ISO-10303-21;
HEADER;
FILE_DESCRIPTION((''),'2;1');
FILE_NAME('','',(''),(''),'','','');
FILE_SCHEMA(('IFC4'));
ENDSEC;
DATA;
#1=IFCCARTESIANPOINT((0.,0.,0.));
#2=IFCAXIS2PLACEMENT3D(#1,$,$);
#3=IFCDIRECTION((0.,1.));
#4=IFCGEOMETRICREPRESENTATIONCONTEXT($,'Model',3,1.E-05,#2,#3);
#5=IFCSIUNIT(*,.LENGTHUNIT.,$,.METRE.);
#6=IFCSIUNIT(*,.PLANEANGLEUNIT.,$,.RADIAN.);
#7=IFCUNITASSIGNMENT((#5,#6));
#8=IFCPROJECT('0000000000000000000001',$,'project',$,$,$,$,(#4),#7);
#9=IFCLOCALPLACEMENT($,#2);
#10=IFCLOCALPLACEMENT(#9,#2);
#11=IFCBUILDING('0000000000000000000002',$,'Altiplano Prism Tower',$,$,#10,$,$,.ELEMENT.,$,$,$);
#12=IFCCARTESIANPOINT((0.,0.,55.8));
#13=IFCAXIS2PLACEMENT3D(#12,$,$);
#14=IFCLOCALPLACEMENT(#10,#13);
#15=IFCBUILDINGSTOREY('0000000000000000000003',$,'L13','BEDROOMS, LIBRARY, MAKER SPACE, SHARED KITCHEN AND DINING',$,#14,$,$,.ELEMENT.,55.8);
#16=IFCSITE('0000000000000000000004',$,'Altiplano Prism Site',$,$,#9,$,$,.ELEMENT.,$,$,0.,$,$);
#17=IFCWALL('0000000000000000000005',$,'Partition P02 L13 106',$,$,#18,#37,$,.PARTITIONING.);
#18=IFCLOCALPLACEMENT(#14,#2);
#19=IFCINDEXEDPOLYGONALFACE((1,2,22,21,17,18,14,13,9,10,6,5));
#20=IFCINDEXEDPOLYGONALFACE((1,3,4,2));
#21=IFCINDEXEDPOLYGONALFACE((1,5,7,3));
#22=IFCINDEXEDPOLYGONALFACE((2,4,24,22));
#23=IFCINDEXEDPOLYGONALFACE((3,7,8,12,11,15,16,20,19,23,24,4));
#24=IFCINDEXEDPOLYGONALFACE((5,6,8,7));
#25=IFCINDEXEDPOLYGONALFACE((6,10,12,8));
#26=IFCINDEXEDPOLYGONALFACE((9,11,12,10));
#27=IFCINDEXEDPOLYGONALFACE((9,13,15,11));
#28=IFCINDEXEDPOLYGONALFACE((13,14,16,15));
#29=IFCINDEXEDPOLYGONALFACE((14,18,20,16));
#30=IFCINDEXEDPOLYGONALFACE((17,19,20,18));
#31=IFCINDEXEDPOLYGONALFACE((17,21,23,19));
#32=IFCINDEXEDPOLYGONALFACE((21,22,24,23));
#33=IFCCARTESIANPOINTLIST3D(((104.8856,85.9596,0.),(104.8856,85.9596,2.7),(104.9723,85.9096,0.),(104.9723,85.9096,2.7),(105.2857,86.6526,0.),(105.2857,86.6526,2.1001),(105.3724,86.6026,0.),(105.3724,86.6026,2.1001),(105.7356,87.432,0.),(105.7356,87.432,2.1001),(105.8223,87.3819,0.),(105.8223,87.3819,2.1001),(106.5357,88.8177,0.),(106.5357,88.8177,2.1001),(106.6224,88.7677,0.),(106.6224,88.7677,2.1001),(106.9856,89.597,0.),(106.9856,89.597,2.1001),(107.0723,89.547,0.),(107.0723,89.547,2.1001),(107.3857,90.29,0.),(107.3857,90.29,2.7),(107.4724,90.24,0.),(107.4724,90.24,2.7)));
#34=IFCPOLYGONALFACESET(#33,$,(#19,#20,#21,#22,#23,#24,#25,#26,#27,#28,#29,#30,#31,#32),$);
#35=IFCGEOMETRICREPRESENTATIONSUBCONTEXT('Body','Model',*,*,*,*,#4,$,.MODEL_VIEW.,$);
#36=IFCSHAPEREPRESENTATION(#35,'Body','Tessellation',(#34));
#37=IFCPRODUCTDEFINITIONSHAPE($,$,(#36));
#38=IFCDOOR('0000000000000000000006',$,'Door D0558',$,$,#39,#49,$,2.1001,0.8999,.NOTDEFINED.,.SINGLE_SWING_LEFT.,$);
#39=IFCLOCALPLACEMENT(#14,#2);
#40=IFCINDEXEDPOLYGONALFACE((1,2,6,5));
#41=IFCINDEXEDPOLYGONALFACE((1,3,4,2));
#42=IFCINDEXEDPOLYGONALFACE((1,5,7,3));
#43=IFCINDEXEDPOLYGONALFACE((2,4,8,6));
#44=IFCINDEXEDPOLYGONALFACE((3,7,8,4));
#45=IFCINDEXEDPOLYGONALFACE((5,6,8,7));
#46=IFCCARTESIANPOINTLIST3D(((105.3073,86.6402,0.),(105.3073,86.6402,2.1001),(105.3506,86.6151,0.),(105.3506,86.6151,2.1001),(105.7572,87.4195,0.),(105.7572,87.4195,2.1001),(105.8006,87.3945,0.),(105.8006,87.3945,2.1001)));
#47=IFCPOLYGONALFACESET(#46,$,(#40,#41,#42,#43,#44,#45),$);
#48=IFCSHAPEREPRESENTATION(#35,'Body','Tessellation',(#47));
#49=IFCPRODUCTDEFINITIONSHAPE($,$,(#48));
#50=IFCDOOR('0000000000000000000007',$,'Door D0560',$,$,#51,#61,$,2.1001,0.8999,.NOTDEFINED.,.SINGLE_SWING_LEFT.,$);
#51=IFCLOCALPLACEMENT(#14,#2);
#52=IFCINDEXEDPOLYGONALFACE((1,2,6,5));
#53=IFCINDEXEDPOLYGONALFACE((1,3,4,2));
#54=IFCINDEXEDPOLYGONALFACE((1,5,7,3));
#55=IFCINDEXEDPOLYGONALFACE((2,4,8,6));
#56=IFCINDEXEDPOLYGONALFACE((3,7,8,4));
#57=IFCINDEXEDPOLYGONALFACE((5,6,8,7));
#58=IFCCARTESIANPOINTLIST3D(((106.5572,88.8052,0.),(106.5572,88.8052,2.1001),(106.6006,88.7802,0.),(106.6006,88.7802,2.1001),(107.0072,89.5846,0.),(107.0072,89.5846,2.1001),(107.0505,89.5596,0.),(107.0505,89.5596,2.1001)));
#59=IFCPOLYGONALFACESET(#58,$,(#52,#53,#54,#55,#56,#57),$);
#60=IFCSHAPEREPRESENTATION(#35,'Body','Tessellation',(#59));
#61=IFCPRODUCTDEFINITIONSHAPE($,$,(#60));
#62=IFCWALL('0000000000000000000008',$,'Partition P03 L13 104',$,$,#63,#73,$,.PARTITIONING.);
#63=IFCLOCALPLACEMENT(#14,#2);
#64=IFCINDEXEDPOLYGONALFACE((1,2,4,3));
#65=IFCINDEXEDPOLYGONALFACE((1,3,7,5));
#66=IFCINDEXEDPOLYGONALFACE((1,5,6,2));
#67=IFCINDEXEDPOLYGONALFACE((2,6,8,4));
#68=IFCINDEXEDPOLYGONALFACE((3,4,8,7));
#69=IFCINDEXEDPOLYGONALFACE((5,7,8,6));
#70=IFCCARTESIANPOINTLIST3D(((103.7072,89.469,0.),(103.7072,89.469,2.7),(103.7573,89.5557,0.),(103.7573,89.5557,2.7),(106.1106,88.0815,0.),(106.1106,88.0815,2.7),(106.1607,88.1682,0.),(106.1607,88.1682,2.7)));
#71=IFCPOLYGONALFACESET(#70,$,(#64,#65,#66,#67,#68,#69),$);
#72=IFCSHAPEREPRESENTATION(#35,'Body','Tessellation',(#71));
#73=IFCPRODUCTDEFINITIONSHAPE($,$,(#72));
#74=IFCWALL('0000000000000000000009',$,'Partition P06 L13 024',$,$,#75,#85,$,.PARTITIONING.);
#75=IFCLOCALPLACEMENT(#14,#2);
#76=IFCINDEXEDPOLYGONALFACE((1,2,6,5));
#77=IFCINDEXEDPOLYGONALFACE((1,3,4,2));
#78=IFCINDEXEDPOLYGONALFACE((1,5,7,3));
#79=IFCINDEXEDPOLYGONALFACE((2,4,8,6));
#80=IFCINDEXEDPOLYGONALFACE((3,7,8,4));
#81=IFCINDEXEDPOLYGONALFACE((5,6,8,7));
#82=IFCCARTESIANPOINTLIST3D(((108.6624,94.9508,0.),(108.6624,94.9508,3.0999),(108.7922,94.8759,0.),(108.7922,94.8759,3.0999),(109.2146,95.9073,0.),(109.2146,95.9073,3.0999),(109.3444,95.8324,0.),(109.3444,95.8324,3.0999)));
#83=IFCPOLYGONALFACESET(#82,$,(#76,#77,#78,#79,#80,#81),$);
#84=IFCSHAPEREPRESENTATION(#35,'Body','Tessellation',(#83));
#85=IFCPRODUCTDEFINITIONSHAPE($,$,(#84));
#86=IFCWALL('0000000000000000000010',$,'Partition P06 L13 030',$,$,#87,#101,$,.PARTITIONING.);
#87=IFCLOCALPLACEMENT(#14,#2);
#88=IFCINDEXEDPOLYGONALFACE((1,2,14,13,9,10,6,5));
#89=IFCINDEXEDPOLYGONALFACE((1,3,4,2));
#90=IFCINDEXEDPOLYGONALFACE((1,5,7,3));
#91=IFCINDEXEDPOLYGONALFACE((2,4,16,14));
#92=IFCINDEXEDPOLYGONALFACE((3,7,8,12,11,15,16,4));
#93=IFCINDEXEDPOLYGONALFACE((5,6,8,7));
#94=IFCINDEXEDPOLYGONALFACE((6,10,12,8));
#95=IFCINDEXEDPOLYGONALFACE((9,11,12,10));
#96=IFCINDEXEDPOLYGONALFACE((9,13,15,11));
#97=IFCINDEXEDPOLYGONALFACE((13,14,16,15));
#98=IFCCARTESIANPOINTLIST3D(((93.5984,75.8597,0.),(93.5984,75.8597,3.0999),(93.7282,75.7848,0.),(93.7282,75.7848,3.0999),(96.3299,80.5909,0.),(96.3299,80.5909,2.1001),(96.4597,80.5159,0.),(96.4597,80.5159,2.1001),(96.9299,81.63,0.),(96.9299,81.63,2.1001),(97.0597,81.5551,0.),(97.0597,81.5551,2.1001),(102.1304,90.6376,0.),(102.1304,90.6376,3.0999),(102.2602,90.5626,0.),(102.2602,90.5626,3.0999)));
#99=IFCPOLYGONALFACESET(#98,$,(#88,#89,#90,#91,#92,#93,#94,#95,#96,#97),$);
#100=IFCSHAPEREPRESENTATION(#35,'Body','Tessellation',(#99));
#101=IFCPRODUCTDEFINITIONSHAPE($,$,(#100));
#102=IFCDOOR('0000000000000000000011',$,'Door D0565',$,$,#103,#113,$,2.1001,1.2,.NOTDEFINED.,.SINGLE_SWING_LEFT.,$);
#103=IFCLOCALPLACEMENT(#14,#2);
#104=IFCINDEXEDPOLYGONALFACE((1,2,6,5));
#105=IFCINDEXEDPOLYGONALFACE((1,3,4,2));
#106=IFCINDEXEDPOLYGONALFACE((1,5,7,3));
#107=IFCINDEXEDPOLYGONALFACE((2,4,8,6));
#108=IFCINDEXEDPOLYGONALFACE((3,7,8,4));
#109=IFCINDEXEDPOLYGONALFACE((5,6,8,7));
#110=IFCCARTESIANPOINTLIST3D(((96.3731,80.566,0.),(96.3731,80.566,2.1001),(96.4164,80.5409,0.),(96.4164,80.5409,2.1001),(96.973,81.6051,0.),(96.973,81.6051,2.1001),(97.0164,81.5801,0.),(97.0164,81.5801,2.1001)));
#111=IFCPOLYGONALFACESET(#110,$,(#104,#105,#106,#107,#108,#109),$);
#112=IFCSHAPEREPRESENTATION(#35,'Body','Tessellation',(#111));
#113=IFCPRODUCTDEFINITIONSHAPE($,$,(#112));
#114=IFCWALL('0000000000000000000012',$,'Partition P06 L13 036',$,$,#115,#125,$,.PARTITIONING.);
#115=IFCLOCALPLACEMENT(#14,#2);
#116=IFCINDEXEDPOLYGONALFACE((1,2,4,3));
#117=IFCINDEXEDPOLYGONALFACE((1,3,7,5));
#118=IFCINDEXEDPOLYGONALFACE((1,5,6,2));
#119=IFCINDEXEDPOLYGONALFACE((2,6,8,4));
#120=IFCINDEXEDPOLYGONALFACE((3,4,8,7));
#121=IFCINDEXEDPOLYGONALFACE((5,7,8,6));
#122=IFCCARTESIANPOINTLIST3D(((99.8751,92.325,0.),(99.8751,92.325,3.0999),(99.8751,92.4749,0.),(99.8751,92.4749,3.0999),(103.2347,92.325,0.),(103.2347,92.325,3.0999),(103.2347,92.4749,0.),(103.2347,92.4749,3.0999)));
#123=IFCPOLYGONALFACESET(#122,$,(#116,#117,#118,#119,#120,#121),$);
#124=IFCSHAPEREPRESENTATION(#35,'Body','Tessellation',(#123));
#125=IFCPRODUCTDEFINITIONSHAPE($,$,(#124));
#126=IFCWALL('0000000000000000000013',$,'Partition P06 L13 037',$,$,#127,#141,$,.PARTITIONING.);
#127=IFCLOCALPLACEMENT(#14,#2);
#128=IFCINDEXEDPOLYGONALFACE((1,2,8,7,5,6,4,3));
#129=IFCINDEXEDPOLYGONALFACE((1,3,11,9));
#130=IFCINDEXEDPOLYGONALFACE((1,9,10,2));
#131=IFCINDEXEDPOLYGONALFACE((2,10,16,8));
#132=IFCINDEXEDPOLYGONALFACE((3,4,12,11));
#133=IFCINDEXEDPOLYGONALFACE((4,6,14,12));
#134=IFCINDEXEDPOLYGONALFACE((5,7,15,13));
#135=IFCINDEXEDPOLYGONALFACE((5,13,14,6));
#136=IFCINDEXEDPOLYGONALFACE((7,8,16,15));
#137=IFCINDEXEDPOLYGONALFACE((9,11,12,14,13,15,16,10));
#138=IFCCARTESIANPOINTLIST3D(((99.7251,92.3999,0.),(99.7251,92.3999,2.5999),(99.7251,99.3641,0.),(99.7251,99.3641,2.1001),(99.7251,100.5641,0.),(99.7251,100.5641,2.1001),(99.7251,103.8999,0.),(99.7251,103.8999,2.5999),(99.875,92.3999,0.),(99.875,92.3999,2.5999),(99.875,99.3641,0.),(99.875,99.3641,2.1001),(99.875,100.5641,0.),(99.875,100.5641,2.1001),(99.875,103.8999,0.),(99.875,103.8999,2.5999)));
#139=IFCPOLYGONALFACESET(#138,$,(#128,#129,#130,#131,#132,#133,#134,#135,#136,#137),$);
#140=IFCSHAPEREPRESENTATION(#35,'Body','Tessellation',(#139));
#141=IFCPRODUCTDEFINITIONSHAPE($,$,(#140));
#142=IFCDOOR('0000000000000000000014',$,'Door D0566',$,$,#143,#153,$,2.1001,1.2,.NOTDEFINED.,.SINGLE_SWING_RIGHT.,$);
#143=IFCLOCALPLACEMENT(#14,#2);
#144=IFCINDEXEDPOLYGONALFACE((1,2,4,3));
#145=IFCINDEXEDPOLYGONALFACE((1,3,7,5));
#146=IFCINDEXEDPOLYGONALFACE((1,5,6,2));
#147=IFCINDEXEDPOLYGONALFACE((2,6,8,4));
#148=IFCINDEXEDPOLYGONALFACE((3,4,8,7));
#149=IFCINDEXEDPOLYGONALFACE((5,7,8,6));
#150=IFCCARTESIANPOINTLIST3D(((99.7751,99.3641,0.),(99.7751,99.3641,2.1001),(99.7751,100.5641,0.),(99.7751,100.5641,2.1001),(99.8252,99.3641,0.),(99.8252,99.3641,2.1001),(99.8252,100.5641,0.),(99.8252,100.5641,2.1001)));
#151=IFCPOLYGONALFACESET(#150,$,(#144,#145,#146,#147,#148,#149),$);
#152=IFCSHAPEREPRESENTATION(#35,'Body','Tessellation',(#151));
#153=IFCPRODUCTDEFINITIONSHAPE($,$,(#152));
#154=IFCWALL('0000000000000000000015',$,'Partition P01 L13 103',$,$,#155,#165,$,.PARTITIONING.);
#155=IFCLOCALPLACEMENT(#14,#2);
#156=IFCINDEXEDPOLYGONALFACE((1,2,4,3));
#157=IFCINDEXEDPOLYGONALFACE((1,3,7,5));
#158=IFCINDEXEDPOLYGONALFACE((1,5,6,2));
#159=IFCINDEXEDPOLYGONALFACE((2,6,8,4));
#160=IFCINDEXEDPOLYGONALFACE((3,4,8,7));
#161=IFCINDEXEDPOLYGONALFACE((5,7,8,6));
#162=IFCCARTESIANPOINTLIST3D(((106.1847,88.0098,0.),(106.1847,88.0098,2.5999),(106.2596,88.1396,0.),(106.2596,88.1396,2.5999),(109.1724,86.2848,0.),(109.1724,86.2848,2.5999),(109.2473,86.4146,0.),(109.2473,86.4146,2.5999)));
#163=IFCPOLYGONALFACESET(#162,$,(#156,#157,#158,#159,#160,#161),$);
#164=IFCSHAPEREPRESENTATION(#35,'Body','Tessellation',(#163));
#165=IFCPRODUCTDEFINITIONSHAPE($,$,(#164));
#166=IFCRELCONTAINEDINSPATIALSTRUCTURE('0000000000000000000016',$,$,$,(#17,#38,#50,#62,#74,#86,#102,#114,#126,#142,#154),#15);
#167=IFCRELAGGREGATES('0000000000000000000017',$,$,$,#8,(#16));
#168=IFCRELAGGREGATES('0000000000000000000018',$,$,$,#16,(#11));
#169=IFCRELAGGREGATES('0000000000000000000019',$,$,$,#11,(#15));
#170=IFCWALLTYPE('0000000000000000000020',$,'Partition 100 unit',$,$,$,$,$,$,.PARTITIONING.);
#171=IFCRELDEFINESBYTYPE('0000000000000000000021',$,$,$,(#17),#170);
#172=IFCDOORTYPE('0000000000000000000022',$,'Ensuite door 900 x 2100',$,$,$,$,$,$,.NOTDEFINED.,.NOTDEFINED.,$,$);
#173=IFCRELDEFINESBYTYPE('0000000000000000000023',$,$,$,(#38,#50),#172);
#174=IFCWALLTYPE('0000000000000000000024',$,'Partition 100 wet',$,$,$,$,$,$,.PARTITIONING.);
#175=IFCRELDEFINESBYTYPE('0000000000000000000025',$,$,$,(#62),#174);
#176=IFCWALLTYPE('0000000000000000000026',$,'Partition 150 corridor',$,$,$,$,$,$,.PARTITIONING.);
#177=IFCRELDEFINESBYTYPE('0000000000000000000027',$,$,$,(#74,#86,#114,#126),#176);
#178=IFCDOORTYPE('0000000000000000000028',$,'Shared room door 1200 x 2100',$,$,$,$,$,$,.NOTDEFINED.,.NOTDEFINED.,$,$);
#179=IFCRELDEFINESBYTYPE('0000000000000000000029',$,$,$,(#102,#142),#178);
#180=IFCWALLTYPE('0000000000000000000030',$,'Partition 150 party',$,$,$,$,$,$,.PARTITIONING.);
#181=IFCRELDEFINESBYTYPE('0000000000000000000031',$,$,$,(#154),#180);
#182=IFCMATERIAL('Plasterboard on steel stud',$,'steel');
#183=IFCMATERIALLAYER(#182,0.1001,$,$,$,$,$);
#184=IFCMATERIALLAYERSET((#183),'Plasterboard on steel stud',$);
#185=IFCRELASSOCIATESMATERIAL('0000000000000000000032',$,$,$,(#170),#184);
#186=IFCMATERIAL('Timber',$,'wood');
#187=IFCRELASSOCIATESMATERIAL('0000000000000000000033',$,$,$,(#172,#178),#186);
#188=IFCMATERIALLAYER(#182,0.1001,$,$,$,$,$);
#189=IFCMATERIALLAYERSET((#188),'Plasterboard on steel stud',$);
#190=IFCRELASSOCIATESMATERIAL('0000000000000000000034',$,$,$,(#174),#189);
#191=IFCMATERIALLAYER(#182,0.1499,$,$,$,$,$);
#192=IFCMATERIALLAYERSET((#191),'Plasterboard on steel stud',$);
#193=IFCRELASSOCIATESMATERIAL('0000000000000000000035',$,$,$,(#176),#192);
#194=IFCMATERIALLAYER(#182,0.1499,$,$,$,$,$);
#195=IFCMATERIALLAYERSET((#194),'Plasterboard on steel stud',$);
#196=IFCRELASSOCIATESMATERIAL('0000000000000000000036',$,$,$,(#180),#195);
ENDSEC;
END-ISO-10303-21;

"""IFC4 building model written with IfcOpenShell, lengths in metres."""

from ifc_helpers import new_model, si_unit, direction, frame, frame_2d, origin, place, context, subcontext, project, spatial, rectangle, extrude, material, layer, layer_set, type_object, element, fill, save


model = new_model("IFC4")

# Units and contexts
model_context = context("Model", 3, precision=1e-05, world=origin(), true_north=direction((0.0, 1.0)))
body_context = subcontext(model_context, "Body", "Model", "MODEL_VIEW")
ifc_project = project(units=[si_unit("LENGTHUNIT", "METRE"), si_unit("PLANEANGLEUNIT", "RADIAN")], contexts=[model_context])

# Site, building, storey
site_placement = place(None, origin())
site = spatial("IfcSite", under=ifc_project, at=site_placement, Name="Altiplano Prism Site", CompositionType="ELEMENT", RefElevation=0.0)
building_placement = place(site_placement, origin())
building = spatial("IfcBuilding", under=site, at=building_placement, Name="Altiplano Prism Tower", CompositionType="ELEMENT")
storey_placement = place(building_placement, frame((0.0, 0.0, 55.8)))
storey = spatial("IfcBuildingStorey", under=building, at=storey_placement, Name="L13", Description="BEDROOMS, LIBRARY, MAKER SPACE, SHARED KITCHEN AND DINING", CompositionType="ELEMENT", Elevation=55.8)

# Shared definitions
ifc_material_1 = material(Name="Plasterboard on steel stud", Category="steel")
ifc_layer_1 = layer(ifc_material_1, 0.1001)
ifc_layer_set_1 = layer_set([ifc_layer_1], Name="Plasterboard on steel stud")
wall_type_1 = type_object("IfcWallType", Name="Partition 100 unit", PredefinedType="PARTITIONING", material=ifc_layer_set_1)

# Wall, openings, doors
wall_1_placement = place(storey_placement, frame((107.429, 90.2649, 0.0), z_axis=(0.0, 0.0, 1.0), x_axis=(-0.499983, -0.866035, 0.0)))
wall_1 = element("IfcWall", 1, at=wall_1_placement, inside=storey, type_object=wall_type_1, Name="Partition P02 L13 106", PredefinedType="PARTITIONING", context=body_context, shape_type="SweptSolid", body=[
    extrude(rectangle(XDim=5.0002, YDim=0.1001, at=frame_2d((2.5, 0.0))), origin(), (0.0, 0.0, 1.0), 2.7),
])
opening_1_placement = place(wall_1_placement, frame((3.3, 0.0, 0.0)))
opening_1 = element("IfcOpeningElement", 2, at=opening_1_placement, cuts=wall_1, PredefinedType="OPENING", context=body_context, shape_type="SweptSolid", body=[
    extrude(rectangle(XDim=0.8999, YDim=2.1001, at=frame_2d((0.45, 1.05))), frame((0.0, 0.0605, 0.0), z_axis=(0.0, -1.0, 0.0), x_axis=(1.0, 0.0, 0.0)), (0.0, 0.0, 1.0), 0.1211),
])
opening_2_placement = place(wall_1_placement, frame((0.8, 0.0, 0.0)))
opening_2 = element("IfcOpeningElement", 3, at=opening_2_placement, cuts=wall_1, PredefinedType="OPENING", context=body_context, shape_type="SweptSolid", body=[
    extrude(rectangle(XDim=0.8999, YDim=2.1001, at=frame_2d((0.45, 1.05))), frame((0.0, 0.0605, 0.0), z_axis=(0.0, -1.0, 0.0), x_axis=(1.0, 0.0, 0.0)), (0.0, 0.0, 1.0), 0.1211),
])
ifc_material_2 = material(Name="Timber", Category="wood")
door_type_1 = type_object("IfcDoorType", Name="Ensuite door 900 x 2100", OperationType="NOTDEFINED", PredefinedType="NOTDEFINED", material=ifc_material_2)
door_1_placement = place(opening_1_placement, origin())
door_1 = element("IfcDoor", 4, at=door_1_placement, inside=storey, type_object=door_type_1, Name="Door D0558", OperationType="SINGLE_SWING_LEFT", OverallHeight=2.1001, OverallWidth=0.8999, PredefinedType="NOTDEFINED", context=body_context, shape_type="SweptSolid", body=[
    extrude(rectangle(XDim=0.8999, YDim=2.1001, at=frame_2d((0.45, 1.05))), frame((0.0, 0.0249, 0.0), z_axis=(0.0, -1.0, 0.0), x_axis=(1.0, 0.0, 0.0)), (0.0, 0.0, 1.0), 0.05),
])
fill(opening_1, door_1)
door_2_placement = place(opening_2_placement, origin())
door_2 = element("IfcDoor", 5, at=door_2_placement, inside=storey, type_object=door_type_1, Name="Door D0560", OperationType="SINGLE_SWING_LEFT", OverallHeight=2.1001, OverallWidth=0.8999, PredefinedType="NOTDEFINED", context=body_context, shape_type="SweptSolid", body=[
    extrude(rectangle(XDim=0.8999, YDim=2.1001, at=frame_2d((0.45, 1.05))), frame((0.0, 0.0249, 0.0), z_axis=(0.0, -1.0, 0.0), x_axis=(1.0, 0.0, 0.0)), (0.0, 0.0, 1.0), 0.05),
])
fill(opening_2, door_2)

# Walls
ifc_layer_2 = layer(ifc_material_1, 0.1001)
ifc_layer_set_2 = layer_set([ifc_layer_2], Name="Plasterboard on steel stud")
wall_type_2 = type_object("IfcWallType", Name="Partition 100 wet", PredefinedType="PARTITIONING", material=ifc_layer_set_2)
wall_2_placement = place(storey_placement, frame((106.1357, 88.1248, 0.0), z_axis=(0.0, 0.0, 1.0), x_axis=(-0.866042, 0.499971, 0.0)))
element("IfcWall", 6, at=wall_2_placement, inside=storey, type_object=wall_type_2, Name="Partition P03 L13 104", PredefinedType="PARTITIONING", context=body_context, shape_type="SweptSolid", body=[
    extrude(rectangle(XDim=2.7751, YDim=0.1001, at=frame_2d((1.3877, 0.0))), origin(), (0.0, 0.0, 1.0), 2.7),
])
ifc_layer_3 = layer(ifc_material_1, 0.1499)
ifc_layer_set_3 = layer_set([ifc_layer_3], Name="Plasterboard on steel stud")
wall_type_3 = type_object("IfcWallType", Name="Partition 150 corridor", PredefinedType="PARTITIONING", material=ifc_layer_set_3)
wall_3_placement = place(storey_placement, frame((108.7273, 94.9133, 0.0), z_axis=(0.0, 0.0, 1.0), x_axis=(0.49999, 0.866031, 0.0)))
element("IfcWall", 7, at=wall_3_placement, inside=storey, type_object=wall_type_3, Name="Partition P06 L13 024", PredefinedType="PARTITIONING", context=body_context, shape_type="SweptSolid", body=[
    extrude(rectangle(XDim=1.1045, YDim=0.1499, at=frame_2d((0.5522, 0.0))), origin(), (0.0, 0.0, 1.0), 3.0999),
])

# Wall, opening, door
wall_4_placement = place(storey_placement, frame((102.1953, 90.6001, 0.0), z_axis=(0.0, 0.0, 1.0), x_axis=(-0.5, -0.866025, 0.0)))
wall_4 = element("IfcWall", 8, at=wall_4_placement, inside=storey, type_object=wall_type_3, Name="Partition P06 L13 030", PredefinedType="PARTITIONING", context=body_context, shape_type="SweptSolid", body=[
    extrude(rectangle(XDim=17.064, YDim=0.1499, at=frame_2d((8.532, 0.0))), origin(), (0.0, 0.0, 1.0), 3.0999),
])
opening_3_placement = place(wall_4_placement, frame((10.4009, 0.0, 0.0)))
opening_3 = element("IfcOpeningElement", 9, at=opening_3_placement, cuts=wall_4, PredefinedType="OPENING", context=body_context, shape_type="SweptSolid", body=[
    extrude(rectangle(XDim=1.2, YDim=2.1001, at=frame_2d((0.6001, 1.05))), frame((0.0, 0.0854, 0.0), z_axis=(0.0, -1.0, 0.0), x_axis=(1.0, 0.0, 0.0)), (0.0, 0.0, 1.0), 0.1709),
])
door_type_2 = type_object("IfcDoorType", Name="Shared room door 1200 x 2100", OperationType="NOTDEFINED", PredefinedType="NOTDEFINED", material=ifc_material_2)
door_3_placement = place(opening_3_placement, origin())
door_3 = element("IfcDoor", 10, at=door_3_placement, inside=storey, type_object=door_type_2, Name="Door D0565", OperationType="SINGLE_SWING_LEFT", OverallHeight=2.1001, OverallWidth=1.2, PredefinedType="NOTDEFINED", context=body_context, shape_type="SweptSolid", body=[
    extrude(rectangle(XDim=1.2, YDim=2.1001, at=frame_2d((0.6001, 1.05))), frame((0.0, 0.0249, 0.0), z_axis=(0.0, -1.0, 0.0), x_axis=(1.0, 0.0, 0.0)), (0.0, 0.0, 1.0), 0.05),
])
fill(opening_3, door_3)

# Wall
wall_5_placement = place(storey_placement, frame((103.2346, 92.3999, 0.0), z_axis=(0.0, 0.0, 1.0), x_axis=(-1.0, 0.0, 0.0)))
element("IfcWall", 11, at=wall_5_placement, inside=storey, type_object=wall_type_3, Name="Partition P06 L13 036", PredefinedType="PARTITIONING", context=body_context, shape_type="SweptSolid", body=[
    extrude(rectangle(XDim=3.3596, YDim=0.1499, at=frame_2d((1.6797, 0.0))), origin(), (0.0, 0.0, 1.0), 3.0999),
])

# Wall, opening, door
wall_6_placement = place(storey_placement, frame((99.8, 92.3999, 0.0), z_axis=(0.0, 0.0, 1.0), x_axis=(0.0, 1.0, 0.0)))
wall_6 = element("IfcWall", 12, at=wall_6_placement, inside=storey, type_object=wall_type_3, Name="Partition P06 L13 037", PredefinedType="PARTITIONING", context=body_context, shape_type="SweptSolid", body=[
    extrude(rectangle(XDim=11.5, YDim=0.1499, at=frame_2d((5.75, 0.0))), origin(), (0.0, 0.0, 1.0), 2.5999),
])
opening_4_placement = place(wall_6_placement, frame((6.9641, 0.0, 0.0)))
opening_4 = element("IfcOpeningElement", 13, at=opening_4_placement, cuts=wall_6, PredefinedType="OPENING", context=body_context, shape_type="SweptSolid", body=[
    extrude(rectangle(XDim=1.2, YDim=2.1001, at=frame_2d((0.6001, 1.05))), frame((0.0, 0.0854, 0.0), z_axis=(0.0, -1.0, 0.0), x_axis=(1.0, 0.0, 0.0)), (0.0, 0.0, 1.0), 0.1709),
])
door_4_placement = place(opening_4_placement, origin())
door_4 = element("IfcDoor", 14, at=door_4_placement, inside=storey, type_object=door_type_2, Name="Door D0566", OperationType="SINGLE_SWING_RIGHT", OverallHeight=2.1001, OverallWidth=1.2, PredefinedType="NOTDEFINED", context=body_context, shape_type="SweptSolid", body=[
    extrude(rectangle(XDim=1.2, YDim=2.1001, at=frame_2d((0.6001, 1.05))), frame((0.0, 0.0249, 0.0), z_axis=(0.0, -1.0, 0.0), x_axis=(1.0, 0.0, 0.0)), (0.0, 0.0, 1.0), 0.05),
])
fill(opening_4, door_4)

# Wall
ifc_layer_4 = layer(ifc_material_1, 0.1499)
ifc_layer_set_4 = layer_set([ifc_layer_4], Name="Plasterboard on steel stud")
wall_type_4 = type_object("IfcWallType", Name="Partition 150 party", PredefinedType="PARTITIONING", material=ifc_layer_set_4)
wall_7_placement = place(storey_placement, frame((109.21, 86.3496, 0.0), z_axis=(0.0, 0.0, 1.0), x_axis=(-0.866014, 0.500021, 0.0)))
element("IfcWall", 15, at=wall_7_placement, inside=storey, type_object=wall_type_4, Name="Partition P01 L13 103", PredefinedType="PARTITIONING", context=body_context, shape_type="SweptSolid", body=[
    extrude(rectangle(XDim=3.45, YDim=0.1499, at=frame_2d((1.7251, 0.0))), origin(), (0.0, 0.0, 1.0), 2.5999),
])

save(model, "model.ifc")
